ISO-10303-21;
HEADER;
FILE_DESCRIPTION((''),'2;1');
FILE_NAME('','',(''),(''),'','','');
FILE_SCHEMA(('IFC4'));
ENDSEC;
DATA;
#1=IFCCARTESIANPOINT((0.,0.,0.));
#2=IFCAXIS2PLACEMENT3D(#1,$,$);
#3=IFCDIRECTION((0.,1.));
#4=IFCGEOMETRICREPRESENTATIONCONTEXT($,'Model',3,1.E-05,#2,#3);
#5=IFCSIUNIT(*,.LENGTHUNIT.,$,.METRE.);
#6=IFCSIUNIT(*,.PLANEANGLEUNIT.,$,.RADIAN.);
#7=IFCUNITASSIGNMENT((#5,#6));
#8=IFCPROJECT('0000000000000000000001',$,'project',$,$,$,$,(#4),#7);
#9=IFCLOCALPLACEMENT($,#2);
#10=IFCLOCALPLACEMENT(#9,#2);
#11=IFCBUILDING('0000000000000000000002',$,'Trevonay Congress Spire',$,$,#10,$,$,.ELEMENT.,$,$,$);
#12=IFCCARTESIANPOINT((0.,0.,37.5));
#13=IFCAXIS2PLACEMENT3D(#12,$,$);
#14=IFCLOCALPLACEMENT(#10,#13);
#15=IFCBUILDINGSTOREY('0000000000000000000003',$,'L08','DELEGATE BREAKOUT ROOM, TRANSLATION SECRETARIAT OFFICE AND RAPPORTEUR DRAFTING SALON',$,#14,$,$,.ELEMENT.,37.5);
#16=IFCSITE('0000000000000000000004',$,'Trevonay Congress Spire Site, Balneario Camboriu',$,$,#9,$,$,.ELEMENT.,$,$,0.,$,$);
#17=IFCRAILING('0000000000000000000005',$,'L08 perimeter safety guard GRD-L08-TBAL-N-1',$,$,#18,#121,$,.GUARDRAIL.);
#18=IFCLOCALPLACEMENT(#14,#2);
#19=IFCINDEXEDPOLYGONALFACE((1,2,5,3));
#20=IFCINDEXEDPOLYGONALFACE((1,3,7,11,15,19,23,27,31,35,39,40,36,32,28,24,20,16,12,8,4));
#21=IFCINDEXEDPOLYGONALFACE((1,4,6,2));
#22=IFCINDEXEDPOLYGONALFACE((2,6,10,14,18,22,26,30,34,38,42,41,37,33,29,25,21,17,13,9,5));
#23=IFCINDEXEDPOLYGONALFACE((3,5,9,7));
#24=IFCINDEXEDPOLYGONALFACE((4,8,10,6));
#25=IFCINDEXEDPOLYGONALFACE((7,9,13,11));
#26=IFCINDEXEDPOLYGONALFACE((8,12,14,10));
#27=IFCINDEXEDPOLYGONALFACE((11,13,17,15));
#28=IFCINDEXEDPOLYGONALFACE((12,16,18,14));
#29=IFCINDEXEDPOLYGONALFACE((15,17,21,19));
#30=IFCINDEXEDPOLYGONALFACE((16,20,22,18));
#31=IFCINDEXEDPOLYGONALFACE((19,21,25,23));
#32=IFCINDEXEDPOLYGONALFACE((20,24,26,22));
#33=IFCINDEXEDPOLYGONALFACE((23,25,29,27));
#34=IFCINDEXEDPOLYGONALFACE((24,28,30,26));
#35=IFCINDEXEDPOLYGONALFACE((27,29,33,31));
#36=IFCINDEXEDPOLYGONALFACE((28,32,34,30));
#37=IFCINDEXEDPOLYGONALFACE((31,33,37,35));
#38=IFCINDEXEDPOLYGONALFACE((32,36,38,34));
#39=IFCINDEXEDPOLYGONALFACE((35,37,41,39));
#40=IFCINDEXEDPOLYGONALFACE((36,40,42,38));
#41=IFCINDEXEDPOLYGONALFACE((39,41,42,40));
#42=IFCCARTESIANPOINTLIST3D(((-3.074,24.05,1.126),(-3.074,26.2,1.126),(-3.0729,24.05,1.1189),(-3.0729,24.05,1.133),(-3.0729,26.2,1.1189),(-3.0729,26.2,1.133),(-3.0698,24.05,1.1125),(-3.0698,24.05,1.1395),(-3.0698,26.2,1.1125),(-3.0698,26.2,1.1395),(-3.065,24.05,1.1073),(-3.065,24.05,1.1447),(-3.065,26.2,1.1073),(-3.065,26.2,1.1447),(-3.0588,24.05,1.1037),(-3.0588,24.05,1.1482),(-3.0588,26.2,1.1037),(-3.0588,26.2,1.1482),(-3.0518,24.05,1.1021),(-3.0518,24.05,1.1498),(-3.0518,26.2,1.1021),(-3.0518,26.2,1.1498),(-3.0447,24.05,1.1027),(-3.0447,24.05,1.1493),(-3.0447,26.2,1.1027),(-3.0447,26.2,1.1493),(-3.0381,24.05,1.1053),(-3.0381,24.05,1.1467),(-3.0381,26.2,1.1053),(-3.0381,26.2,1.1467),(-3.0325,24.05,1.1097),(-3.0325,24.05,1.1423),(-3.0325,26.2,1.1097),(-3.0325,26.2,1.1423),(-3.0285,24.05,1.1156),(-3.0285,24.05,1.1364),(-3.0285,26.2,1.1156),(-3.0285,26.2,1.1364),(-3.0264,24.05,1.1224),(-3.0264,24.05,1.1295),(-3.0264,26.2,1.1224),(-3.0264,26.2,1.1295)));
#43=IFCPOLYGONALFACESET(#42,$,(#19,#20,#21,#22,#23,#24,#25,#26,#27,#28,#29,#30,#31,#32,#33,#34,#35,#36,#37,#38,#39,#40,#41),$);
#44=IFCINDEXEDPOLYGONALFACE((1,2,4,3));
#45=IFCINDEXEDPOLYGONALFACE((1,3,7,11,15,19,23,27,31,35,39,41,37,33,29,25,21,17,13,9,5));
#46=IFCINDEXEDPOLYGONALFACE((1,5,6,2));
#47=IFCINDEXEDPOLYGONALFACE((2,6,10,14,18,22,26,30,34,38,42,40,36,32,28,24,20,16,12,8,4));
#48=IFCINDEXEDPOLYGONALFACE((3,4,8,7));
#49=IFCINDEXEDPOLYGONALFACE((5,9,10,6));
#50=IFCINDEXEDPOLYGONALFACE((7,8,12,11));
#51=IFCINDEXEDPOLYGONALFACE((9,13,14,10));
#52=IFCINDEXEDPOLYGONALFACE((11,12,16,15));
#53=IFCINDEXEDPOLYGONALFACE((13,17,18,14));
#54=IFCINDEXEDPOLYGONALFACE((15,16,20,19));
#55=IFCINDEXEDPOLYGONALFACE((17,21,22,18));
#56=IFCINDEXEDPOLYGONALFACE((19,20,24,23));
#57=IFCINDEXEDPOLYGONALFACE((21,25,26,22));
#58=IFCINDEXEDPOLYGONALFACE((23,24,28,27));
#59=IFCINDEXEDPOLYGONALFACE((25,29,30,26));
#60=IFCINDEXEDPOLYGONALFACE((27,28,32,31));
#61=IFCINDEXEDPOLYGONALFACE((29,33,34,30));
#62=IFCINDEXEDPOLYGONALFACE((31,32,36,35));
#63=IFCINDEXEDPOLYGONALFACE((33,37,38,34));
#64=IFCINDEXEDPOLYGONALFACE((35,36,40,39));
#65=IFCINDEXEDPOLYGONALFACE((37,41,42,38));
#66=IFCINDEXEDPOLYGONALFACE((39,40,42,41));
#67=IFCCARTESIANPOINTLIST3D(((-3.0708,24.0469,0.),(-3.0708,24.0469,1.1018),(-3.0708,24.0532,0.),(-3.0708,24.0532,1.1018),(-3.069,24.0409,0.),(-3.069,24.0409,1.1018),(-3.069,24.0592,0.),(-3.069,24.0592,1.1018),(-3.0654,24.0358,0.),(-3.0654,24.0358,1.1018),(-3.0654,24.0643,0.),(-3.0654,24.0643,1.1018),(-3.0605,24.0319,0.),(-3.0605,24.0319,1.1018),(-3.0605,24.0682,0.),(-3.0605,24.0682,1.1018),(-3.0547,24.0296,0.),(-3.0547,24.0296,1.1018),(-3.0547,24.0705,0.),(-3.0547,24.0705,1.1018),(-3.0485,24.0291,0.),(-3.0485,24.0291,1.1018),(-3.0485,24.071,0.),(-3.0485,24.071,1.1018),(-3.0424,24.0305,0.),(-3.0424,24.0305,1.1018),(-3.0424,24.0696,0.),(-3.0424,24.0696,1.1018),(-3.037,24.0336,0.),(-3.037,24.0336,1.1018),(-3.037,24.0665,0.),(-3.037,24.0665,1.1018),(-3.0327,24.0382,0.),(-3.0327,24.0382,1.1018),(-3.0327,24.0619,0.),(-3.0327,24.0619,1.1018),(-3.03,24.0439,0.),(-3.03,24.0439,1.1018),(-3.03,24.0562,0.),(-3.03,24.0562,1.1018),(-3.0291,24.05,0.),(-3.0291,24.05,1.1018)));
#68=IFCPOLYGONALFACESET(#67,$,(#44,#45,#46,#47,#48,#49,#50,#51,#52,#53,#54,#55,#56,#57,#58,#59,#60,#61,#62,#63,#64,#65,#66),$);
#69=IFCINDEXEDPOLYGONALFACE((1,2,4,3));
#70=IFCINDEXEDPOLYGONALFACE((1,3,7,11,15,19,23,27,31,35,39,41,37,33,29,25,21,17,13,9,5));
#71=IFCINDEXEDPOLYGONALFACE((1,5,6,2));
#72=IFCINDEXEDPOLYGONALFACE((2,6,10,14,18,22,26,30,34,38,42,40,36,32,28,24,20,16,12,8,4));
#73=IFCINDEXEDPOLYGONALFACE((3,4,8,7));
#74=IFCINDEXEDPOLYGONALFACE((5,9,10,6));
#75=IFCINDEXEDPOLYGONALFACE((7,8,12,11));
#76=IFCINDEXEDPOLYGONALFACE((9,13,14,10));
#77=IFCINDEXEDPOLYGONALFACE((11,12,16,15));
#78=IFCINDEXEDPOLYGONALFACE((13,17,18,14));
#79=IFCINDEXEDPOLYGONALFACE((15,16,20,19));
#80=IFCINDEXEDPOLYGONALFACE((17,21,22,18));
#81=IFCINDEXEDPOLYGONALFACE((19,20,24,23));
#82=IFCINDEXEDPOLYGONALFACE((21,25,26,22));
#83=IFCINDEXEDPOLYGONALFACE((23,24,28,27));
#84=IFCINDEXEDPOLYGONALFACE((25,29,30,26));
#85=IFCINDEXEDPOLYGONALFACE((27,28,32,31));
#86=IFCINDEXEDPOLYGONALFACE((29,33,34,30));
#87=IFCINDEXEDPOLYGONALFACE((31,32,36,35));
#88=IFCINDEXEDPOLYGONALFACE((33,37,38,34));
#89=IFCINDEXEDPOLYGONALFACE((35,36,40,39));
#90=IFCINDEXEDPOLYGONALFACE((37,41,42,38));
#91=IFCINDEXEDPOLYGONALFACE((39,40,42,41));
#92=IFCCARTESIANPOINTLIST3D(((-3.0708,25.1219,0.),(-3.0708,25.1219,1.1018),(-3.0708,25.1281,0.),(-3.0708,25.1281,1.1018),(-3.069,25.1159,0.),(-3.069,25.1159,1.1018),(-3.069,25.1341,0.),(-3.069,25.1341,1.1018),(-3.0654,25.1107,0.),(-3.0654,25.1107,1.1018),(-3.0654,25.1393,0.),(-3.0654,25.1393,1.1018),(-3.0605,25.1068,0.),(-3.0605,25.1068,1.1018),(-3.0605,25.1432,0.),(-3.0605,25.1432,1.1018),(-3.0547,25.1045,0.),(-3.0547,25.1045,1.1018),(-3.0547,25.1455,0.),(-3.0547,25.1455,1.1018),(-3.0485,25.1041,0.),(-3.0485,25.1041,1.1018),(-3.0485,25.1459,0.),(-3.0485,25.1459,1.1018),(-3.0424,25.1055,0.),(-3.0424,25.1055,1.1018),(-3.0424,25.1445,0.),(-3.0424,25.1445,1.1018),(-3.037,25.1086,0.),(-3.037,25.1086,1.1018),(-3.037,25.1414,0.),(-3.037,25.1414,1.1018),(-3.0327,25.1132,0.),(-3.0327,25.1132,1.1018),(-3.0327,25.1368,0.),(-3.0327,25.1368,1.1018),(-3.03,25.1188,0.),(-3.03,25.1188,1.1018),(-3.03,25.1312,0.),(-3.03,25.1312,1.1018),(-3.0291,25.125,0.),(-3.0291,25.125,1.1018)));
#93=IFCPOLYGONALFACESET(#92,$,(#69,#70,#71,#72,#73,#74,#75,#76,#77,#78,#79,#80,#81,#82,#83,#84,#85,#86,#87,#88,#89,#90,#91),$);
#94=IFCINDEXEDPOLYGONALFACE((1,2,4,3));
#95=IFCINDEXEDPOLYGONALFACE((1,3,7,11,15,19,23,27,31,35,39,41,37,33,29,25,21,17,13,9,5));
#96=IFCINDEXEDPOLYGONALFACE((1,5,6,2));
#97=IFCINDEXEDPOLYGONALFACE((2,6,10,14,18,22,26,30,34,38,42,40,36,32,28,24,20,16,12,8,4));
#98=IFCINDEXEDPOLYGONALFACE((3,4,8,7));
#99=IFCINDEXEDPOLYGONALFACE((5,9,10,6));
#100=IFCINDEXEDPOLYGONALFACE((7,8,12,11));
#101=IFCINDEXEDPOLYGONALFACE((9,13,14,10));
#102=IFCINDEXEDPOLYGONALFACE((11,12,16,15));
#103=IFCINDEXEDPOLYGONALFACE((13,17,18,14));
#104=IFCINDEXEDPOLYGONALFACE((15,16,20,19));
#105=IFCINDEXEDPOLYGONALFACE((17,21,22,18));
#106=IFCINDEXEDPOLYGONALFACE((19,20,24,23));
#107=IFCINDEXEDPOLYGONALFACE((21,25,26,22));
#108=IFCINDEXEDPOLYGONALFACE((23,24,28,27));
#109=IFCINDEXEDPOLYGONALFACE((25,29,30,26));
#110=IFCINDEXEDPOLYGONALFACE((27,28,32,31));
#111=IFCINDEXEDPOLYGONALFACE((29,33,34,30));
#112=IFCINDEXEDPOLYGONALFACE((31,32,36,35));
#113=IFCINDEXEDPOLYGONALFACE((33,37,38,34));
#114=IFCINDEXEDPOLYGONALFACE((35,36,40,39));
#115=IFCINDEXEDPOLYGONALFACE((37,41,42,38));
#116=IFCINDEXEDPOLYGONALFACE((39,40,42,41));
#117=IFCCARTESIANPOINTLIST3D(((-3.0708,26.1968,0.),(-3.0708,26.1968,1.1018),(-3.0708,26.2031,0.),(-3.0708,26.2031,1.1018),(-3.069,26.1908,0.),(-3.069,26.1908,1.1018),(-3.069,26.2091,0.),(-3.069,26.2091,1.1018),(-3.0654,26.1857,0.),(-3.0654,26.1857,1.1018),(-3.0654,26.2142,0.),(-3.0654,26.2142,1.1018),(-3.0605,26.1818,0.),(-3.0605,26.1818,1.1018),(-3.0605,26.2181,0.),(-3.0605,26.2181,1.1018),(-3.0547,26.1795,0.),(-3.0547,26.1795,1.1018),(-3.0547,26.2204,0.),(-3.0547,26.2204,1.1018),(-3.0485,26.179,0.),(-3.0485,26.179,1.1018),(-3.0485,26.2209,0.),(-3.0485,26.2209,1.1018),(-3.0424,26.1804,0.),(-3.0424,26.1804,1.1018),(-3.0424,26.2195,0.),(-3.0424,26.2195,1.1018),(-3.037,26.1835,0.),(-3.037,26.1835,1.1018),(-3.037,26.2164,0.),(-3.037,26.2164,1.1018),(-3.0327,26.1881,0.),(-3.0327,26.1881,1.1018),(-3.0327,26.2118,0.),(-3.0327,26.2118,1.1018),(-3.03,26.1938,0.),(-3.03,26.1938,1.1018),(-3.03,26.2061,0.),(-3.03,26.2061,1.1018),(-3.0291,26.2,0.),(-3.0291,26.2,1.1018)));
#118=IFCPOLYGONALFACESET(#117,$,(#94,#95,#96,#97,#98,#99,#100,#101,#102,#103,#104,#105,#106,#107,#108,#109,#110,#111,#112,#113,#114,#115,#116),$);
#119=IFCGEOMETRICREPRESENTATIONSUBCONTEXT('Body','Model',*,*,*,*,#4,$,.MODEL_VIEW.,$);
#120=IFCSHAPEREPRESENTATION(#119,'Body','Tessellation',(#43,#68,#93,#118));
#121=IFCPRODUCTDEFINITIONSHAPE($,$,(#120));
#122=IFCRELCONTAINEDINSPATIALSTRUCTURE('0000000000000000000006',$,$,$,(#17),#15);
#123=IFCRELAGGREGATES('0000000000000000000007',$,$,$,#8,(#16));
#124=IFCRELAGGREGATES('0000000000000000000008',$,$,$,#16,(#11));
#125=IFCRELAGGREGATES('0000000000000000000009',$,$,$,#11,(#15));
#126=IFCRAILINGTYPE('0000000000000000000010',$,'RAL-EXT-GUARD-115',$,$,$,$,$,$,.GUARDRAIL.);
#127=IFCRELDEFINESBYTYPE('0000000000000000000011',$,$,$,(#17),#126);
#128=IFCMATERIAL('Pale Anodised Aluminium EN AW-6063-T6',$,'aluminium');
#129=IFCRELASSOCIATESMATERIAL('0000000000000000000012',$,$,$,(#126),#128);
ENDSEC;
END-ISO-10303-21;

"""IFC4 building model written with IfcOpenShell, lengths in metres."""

from ifc_helpers import new_model, si_unit, direction, frame, origin, origin_2d, place, context, subcontext, project, spatial, circle, extrude, material, type_object, element, save


model = new_model("IFC4")

# Units and contexts
model_context = context("Model", 3, precision=1e-05, world=origin(), true_north=direction((0.0, 1.0)))
body_context = subcontext(model_context, "Body", "Model", "MODEL_VIEW")
ifc_project = project(units=[si_unit("LENGTHUNIT", "METRE"), si_unit("PLANEANGLEUNIT", "RADIAN")], contexts=[model_context])

# Site, building, storey
site_placement = place(None, origin())
site = spatial("IfcSite", under=ifc_project, at=site_placement, Name="Trevonay Congress Spire Site, Balneario Camboriu", CompositionType="ELEMENT", RefElevation=0.0)
building_placement = place(site_placement, origin())
building = spatial("IfcBuilding", under=site, at=building_placement, Name="Trevonay Congress Spire", CompositionType="ELEMENT")
storey_placement = place(building_placement, frame((0.0, 0.0, 37.5)))
storey = spatial("IfcBuildingStorey", under=building, at=storey_placement, Name="L08", Description="DELEGATE BREAKOUT ROOM, TRANSLATION SECRETARIAT OFFICE AND RAPPORTEUR DRAFTING SALON", CompositionType="ELEMENT", Elevation=37.5)

# Shared definitions
ifc_material_1 = material(Name="Pale Anodised Aluminium EN AW-6063-T6", Category="aluminium")

# Railing
railing_type = type_object("IfcRailingType", Name="RAL-EXT-GUARD-115", PredefinedType="GUARDRAIL", material=ifc_material_1)
railing_1_placement = place(storey_placement, frame((-3.05, 24.05, 0.0)))
element("IfcRailing", 1, at=railing_1_placement, inside=storey, type_object=railing_type, Name="L08 perimeter safety guard GRD-L08-TBAL-N-1", PredefinedType="GUARDRAIL", context=body_context, shape_type="SweptSolid", body=[
    extrude(circle(Radius=0.0239, at=origin_2d()), frame((0.0, 0.0, 1.126), z_axis=(0.0, 1.0, 0.0), x_axis=(-1.0, 0.0, 0.0)), (0.0, 0.0, 1.0), 2.1499),
    extrude(circle(Radius=0.021, at=origin_2d()), origin(), (0.0, 0.0, 1.0), 1.1018),
    extrude(circle(Radius=0.021, at=origin_2d()), frame((0.0, 1.075, 0.0)), (0.0, 0.0, 1.0), 1.1018),
    extrude(circle(Radius=0.021, at=origin_2d()), frame((0.0, 2.1499, 0.0)), (0.0, 0.0, 1.0), 1.1018),
])

save(model, "model.ifc")
